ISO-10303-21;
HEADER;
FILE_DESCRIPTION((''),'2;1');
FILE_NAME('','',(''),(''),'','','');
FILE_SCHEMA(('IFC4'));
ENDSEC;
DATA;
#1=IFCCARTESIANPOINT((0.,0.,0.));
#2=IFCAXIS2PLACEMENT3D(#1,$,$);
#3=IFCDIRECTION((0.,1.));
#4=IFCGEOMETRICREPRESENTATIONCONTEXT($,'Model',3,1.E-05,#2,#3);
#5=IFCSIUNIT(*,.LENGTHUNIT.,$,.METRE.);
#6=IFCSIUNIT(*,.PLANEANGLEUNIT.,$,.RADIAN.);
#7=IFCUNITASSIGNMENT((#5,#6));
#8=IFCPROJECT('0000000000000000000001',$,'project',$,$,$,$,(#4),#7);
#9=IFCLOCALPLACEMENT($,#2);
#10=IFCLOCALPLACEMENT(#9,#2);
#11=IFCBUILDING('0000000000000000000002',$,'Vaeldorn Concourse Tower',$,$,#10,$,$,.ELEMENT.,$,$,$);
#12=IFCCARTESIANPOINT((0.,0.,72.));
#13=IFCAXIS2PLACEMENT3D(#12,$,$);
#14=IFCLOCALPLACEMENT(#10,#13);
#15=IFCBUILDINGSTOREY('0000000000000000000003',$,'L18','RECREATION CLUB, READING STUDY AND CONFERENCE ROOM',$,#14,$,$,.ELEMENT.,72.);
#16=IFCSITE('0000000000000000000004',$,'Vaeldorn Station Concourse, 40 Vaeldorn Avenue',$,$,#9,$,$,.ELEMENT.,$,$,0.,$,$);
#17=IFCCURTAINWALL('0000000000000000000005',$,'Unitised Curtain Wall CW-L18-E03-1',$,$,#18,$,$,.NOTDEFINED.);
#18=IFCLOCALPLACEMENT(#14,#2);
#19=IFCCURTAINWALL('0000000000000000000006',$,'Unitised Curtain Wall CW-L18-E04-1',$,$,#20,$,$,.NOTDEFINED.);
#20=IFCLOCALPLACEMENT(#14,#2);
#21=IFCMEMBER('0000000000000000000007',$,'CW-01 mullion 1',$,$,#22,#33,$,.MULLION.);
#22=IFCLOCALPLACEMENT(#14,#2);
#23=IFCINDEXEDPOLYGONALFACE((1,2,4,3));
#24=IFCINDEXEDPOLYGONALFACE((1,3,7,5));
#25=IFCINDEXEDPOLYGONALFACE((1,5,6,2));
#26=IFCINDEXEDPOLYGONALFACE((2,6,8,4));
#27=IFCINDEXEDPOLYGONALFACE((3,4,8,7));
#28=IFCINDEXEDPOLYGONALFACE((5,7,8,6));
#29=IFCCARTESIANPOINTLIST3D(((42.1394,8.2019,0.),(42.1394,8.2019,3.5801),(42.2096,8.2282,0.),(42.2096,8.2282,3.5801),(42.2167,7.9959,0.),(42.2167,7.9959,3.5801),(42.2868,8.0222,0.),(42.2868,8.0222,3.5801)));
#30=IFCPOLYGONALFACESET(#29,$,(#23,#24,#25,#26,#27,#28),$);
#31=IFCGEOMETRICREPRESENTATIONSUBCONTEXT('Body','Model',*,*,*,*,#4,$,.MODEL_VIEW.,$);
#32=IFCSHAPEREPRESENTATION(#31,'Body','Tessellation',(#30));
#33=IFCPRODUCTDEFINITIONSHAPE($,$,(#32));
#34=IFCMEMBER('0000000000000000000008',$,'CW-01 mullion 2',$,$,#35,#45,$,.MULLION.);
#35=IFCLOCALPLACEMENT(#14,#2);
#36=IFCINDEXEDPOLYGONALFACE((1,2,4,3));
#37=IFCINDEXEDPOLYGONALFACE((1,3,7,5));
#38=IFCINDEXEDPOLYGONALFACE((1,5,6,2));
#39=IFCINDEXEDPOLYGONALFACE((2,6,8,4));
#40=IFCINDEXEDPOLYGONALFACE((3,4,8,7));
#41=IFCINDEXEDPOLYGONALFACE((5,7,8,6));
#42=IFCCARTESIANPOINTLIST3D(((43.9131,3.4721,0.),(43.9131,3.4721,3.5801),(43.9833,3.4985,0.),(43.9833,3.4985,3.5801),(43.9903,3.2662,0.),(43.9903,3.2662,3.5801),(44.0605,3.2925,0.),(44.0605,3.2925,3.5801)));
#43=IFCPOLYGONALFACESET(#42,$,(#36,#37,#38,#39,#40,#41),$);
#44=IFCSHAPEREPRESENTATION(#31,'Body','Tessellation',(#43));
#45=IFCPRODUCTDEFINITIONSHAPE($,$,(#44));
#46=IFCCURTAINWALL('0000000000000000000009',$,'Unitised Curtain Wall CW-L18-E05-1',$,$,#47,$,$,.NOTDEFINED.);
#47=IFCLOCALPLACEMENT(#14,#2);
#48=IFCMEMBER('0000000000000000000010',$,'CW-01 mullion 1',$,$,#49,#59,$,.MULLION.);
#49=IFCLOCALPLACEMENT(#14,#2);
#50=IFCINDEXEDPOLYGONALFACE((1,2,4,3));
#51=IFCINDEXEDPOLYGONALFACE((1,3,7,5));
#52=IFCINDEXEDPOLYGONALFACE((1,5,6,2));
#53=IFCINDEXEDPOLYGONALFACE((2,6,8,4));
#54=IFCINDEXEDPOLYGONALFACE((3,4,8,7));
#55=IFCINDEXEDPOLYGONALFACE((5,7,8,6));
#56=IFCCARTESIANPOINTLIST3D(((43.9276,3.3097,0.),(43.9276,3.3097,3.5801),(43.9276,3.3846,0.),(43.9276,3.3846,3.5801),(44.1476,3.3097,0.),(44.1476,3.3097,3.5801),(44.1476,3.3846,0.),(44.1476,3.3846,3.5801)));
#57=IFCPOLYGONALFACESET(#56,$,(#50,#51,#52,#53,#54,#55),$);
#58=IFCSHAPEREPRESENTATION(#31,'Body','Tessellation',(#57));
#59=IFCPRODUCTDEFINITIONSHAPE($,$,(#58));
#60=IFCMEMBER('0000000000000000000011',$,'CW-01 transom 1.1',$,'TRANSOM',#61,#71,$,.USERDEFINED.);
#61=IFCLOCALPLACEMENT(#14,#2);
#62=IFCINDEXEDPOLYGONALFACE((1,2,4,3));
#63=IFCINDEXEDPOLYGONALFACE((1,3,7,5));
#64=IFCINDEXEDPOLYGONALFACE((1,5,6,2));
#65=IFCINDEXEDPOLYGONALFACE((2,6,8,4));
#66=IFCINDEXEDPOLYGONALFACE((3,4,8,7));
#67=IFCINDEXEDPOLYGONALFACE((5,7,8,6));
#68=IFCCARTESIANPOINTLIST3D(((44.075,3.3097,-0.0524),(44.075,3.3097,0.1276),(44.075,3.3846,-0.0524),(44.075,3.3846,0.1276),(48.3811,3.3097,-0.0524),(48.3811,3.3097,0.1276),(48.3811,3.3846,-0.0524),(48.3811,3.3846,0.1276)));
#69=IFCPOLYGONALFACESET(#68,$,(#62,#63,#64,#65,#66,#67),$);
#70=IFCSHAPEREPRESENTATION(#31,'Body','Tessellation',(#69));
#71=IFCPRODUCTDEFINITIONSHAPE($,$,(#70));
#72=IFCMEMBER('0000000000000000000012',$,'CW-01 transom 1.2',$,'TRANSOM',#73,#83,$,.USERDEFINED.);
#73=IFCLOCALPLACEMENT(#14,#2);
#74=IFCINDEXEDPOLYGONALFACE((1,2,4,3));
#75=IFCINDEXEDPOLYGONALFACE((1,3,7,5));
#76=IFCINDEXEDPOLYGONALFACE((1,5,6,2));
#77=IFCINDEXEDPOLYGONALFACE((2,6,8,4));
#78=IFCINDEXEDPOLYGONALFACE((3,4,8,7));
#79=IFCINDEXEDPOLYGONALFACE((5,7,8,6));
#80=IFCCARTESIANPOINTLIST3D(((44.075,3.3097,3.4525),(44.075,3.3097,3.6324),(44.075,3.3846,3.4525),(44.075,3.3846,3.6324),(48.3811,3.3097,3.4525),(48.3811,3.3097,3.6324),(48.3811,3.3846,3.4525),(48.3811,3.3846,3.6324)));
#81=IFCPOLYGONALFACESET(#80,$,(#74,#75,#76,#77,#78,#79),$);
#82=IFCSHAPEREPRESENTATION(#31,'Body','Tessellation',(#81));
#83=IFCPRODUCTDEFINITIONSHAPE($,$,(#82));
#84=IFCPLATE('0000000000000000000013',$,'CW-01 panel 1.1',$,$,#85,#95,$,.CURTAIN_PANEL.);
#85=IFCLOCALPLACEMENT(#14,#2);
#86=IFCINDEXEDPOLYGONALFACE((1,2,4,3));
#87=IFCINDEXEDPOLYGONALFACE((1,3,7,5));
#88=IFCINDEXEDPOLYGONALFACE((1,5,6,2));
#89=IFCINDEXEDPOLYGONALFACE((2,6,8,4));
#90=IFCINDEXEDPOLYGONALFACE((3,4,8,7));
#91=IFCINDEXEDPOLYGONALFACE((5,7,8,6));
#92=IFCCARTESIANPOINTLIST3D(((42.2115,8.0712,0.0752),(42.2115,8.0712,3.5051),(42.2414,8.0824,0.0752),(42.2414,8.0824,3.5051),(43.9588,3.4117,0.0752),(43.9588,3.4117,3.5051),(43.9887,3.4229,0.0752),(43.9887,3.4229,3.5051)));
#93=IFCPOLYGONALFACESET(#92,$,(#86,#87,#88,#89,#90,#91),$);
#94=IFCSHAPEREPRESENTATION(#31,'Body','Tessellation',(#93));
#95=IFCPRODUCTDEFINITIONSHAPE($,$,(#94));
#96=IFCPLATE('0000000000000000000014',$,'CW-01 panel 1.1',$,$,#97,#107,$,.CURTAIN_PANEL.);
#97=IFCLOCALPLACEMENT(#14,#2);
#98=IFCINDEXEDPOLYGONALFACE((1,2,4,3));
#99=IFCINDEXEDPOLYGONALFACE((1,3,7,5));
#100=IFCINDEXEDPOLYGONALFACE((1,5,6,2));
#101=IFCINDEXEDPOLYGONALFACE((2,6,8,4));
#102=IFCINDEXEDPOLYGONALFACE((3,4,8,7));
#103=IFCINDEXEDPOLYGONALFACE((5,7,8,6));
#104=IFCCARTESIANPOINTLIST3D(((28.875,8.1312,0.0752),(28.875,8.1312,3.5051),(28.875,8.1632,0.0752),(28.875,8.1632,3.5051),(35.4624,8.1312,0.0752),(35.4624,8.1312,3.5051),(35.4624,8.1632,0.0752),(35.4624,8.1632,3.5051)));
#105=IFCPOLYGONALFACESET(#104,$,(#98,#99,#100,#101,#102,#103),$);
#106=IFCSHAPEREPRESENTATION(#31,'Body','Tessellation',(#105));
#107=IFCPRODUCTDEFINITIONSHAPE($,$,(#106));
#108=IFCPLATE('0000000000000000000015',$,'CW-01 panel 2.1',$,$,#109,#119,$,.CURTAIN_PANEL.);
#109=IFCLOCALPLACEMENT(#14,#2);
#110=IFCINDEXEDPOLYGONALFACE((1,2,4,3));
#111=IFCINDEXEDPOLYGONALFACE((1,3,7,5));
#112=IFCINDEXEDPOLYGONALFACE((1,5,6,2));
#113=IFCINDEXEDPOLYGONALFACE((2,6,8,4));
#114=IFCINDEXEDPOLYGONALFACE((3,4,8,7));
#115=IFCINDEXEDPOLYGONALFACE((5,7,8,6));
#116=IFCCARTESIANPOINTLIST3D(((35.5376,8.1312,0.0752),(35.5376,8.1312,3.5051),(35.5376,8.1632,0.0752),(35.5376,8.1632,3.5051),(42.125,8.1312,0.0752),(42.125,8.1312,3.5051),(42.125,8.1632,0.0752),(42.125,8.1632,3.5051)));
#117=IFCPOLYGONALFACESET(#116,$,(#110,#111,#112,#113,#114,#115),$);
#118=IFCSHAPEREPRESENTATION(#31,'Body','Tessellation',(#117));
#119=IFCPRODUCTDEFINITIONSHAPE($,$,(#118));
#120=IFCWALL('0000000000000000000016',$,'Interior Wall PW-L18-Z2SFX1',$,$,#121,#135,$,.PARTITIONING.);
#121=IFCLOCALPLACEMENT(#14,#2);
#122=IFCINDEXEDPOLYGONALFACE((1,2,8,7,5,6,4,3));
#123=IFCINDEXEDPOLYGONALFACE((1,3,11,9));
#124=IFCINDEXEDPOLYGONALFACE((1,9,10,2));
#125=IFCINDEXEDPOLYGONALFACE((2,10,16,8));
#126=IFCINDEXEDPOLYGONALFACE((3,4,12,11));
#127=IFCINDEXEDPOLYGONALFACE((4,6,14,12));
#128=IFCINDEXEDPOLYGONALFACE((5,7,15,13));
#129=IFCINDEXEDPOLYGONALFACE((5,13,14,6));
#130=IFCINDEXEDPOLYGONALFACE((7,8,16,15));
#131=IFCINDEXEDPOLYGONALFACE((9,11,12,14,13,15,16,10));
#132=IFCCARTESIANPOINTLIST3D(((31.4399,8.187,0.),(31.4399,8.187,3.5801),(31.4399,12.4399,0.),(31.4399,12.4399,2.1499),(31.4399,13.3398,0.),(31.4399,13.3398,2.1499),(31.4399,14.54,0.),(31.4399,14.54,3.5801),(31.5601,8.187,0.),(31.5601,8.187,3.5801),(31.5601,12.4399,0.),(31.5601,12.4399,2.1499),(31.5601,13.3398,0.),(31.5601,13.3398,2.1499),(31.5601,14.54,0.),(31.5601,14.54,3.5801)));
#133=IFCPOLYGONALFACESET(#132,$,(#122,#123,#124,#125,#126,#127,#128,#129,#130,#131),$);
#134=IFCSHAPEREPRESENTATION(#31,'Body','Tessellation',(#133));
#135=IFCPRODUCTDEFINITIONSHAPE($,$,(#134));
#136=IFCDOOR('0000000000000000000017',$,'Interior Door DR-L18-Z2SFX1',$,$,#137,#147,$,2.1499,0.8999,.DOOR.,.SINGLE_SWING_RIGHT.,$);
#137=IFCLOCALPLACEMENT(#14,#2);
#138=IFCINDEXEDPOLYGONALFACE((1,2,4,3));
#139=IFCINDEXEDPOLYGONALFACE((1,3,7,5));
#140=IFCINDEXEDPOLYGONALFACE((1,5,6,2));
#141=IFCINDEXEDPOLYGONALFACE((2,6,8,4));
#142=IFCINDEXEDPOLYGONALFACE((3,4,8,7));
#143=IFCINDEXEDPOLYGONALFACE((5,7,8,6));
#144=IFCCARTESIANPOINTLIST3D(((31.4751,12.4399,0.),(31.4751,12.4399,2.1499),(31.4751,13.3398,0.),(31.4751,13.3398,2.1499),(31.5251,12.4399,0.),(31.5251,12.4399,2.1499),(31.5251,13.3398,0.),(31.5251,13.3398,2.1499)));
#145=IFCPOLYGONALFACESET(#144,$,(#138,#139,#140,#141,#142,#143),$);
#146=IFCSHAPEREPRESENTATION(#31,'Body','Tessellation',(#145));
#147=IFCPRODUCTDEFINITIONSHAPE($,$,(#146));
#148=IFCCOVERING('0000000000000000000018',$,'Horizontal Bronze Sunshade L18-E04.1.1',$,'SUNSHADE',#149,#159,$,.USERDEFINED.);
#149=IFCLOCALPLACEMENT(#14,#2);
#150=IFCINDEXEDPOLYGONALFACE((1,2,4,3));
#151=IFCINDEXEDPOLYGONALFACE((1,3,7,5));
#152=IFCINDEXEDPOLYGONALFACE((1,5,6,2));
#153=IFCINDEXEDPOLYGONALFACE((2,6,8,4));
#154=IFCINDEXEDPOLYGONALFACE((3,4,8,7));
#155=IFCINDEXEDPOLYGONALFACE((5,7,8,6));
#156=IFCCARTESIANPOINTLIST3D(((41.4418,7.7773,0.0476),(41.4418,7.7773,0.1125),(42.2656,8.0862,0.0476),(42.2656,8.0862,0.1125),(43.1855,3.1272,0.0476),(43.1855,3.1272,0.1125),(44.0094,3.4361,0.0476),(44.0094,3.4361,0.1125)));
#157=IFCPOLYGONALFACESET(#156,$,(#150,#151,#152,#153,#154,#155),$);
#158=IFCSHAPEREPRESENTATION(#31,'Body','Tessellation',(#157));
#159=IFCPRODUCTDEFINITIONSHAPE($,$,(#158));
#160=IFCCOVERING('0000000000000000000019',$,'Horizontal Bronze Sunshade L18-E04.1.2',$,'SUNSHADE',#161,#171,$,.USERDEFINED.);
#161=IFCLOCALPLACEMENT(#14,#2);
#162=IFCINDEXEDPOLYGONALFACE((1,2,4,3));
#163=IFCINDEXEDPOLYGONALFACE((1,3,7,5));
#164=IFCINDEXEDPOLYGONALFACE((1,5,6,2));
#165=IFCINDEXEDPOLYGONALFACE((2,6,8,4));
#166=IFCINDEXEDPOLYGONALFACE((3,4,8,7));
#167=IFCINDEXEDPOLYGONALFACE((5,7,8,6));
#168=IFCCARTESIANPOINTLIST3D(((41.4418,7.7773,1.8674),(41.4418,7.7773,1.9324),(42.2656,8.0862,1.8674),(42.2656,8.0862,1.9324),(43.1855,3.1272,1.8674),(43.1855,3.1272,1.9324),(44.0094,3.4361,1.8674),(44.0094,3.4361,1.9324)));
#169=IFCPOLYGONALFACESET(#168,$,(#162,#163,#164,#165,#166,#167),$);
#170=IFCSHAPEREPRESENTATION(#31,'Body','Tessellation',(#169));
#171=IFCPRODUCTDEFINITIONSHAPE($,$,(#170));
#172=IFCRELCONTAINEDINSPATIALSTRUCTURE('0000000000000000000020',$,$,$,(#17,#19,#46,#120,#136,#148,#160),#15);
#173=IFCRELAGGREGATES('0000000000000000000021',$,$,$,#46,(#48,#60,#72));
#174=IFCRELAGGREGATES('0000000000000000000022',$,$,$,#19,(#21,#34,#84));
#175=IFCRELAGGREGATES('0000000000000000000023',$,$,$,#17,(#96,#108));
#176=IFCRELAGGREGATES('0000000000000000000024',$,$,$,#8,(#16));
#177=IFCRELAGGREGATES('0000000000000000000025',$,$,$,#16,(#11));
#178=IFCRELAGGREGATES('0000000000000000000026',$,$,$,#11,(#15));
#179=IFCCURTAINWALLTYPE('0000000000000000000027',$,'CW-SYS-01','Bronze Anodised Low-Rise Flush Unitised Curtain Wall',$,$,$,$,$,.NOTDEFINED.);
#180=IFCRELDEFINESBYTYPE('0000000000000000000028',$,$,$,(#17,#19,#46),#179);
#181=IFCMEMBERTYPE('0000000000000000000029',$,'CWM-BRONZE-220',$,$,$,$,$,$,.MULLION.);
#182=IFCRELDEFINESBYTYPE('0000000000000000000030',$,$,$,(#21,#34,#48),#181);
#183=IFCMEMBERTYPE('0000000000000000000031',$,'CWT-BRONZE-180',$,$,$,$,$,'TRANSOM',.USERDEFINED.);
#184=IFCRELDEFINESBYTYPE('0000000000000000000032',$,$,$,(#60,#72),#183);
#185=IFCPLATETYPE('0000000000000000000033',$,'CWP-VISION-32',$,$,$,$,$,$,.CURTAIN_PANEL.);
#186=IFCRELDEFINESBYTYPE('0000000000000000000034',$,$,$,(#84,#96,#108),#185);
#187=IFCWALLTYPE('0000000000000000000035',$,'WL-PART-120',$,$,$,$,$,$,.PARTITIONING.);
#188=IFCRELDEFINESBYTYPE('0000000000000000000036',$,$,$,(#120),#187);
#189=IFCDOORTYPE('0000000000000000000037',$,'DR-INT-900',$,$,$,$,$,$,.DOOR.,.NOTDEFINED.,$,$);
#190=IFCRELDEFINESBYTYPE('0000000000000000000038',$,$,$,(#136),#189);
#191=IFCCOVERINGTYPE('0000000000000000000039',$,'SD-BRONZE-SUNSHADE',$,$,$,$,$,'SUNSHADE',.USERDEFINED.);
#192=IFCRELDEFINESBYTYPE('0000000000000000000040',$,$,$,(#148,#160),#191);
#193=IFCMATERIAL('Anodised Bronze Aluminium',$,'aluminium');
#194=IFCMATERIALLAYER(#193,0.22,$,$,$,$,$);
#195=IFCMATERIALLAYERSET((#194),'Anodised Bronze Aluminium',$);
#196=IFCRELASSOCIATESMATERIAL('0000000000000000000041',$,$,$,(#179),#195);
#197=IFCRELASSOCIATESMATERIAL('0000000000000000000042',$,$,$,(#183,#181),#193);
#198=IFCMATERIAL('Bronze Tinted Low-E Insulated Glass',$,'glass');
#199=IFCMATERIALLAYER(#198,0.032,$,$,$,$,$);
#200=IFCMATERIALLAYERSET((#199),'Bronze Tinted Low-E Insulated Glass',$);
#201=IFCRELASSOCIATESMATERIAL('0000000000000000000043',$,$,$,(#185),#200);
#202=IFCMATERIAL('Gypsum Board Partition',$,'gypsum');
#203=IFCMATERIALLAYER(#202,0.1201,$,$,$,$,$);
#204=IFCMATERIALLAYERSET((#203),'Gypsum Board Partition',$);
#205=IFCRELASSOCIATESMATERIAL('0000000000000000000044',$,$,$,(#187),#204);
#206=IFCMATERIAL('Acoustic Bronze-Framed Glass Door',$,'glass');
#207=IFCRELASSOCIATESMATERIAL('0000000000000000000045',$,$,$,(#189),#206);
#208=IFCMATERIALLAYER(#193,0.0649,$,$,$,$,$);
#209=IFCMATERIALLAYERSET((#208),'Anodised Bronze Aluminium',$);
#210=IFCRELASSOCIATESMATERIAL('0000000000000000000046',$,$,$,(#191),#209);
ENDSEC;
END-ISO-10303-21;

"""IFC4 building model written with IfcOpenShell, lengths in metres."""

from ifc_helpers import new_model, si_unit, direction, frame, frame_2d, origin, origin_2d, place, context, subcontext, project, spatial, rectangle, extrude, source, transform, mapped, material, layer, layer_set, material_profile, profile_set, type_object, element, fill, aggregate, save


model = new_model("IFC4")

# Units and contexts
model_context = context("Model", 3, precision=1e-05, world=origin(), true_north=direction((0.0, 1.0)))
body_context = subcontext(model_context, "Body", "Model", "MODEL_VIEW")
ifc_project = project(units=[si_unit("LENGTHUNIT", "METRE"), si_unit("PLANEANGLEUNIT", "RADIAN")], contexts=[model_context])

# Site, building, storey
site_placement = place(None, origin())
site = spatial("IfcSite", under=ifc_project, at=site_placement, Name="Vaeldorn Station Concourse, 40 Vaeldorn Avenue", CompositionType="ELEMENT", RefElevation=0.0)
building_placement = place(site_placement, origin())
building = spatial("IfcBuilding", under=site, at=building_placement, Name="Vaeldorn Concourse Tower", CompositionType="ELEMENT")
storey_placement = place(building_placement, frame((0.0, 0.0, 72.0)))
storey = spatial("IfcBuildingStorey", under=building, at=storey_placement, Name="L18", Description="RECREATION CLUB, READING STUDY AND CONFERENCE ROOM", CompositionType="ELEMENT", Elevation=72.0)

# Curtain walls
ifc_material_1 = material(Name="Anodised Bronze Aluminium", Category="aluminium")
ifc_layer_1 = layer(ifc_material_1, 0.22)
ifc_layer_set_1 = layer_set([ifc_layer_1], Name="Anodised Bronze Aluminium")
curtain_wall_type = type_object("IfcCurtainWallType", Name="CW-SYS-01", Description="Bronze Anodised Low-Rise Flush Unitised Curtain Wall", PredefinedType="NOTDEFINED", material=ifc_layer_set_1)
curtain_wall_1_placement = place(storey_placement, origin())
curtain_wall_1 = element("IfcCurtainWall", 1, at=curtain_wall_1_placement, inside=storey, type_object=curtain_wall_type, Name="Unitised Curtain Wall CW-L18-E03-1", PredefinedType="NOTDEFINED")
ifc_material_profile_1 = material_profile(ifc_material_1, rectangle(XDim=0.075, YDim=0.1799, at=origin_2d()), Name="CWT 75x180")
ifc_profile_set_1 = profile_set([ifc_material_profile_1], Name="Anodised Bronze Aluminium")
member_type_1 = type_object("IfcMemberType", Name="CWT-BRONZE-180", ElementType="TRANSOM", PredefinedType="USERDEFINED", material=ifc_profile_set_1)
curtain_wall_2_placement = place(storey_placement, origin())
curtain_wall_2 = element("IfcCurtainWall", 2, at=curtain_wall_2_placement, inside=storey, type_object=curtain_wall_type, Name="Unitised Curtain Wall CW-L18-E04-1", PredefinedType="NOTDEFINED")

# Members
ifc_material_profile_2 = material_profile(ifc_material_1, rectangle(XDim=0.075, YDim=0.22, at=origin_2d()), Name="CWM 75x220")
ifc_profile_set_2 = profile_set([ifc_material_profile_2], Name="Anodised Bronze Aluminium")
member_type_2 = type_object("IfcMemberType", Name="CWM-BRONZE-220", PredefinedType="MULLION", material=ifc_profile_set_2)
shared_shape_1 = source(origin(), body_context, "Body", "SweptSolid", [
    extrude(rectangle(XDim=0.075, YDim=0.22, at=origin_2d()), origin(), (0.0, 0.0, 1.0), 3.5801),
])
member_1_placement = place(storey_placement, frame((42.2131, 8.1121, 0.0), z_axis=(0.0, 0.0, 1.0), x_axis=(0.936329, 0.351123, 0.0)))
member_1 = element("IfcMember", 3, at=member_1_placement, type_object=member_type_2, Name="CW-01 mullion 1", PredefinedType="MULLION", context=body_context, shape_type="MappedRepresentation", body=[
    mapped(shared_shape_1, transform((0.0, 0.0, 0.0), scale=1.0)),
])
member_2_placement = place(storey_placement, frame((43.9868, 3.3823, 0.0), z_axis=(0.0, 0.0, 1.0), x_axis=(0.936329, 0.351123, 0.0)))
member_2 = element("IfcMember", 4, at=member_2_placement, type_object=member_type_2, Name="CW-01 mullion 2", PredefinedType="MULLION", context=body_context, shape_type="MappedRepresentation", body=[
    mapped(shared_shape_1, transform((0.0, 0.0, 0.0), scale=1.0)),
])

# Curtain wall, members
curtain_wall_3_placement = place(storey_placement, origin())
curtain_wall_3 = element("IfcCurtainWall", 5, at=curtain_wall_3_placement, inside=storey, type_object=curtain_wall_type, Name="Unitised Curtain Wall CW-L18-E05-1", PredefinedType="NOTDEFINED")
member_3_placement = place(storey_placement, frame((44.0376, 3.3472, 0.0), z_axis=(0.0, 0.0, 1.0), x_axis=(0.0, 1.0, 0.0)))
member_3 = element("IfcMember", 6, at=member_3_placement, type_object=member_type_2, Name="CW-01 mullion 1", PredefinedType="MULLION", context=body_context, shape_type="MappedRepresentation", body=[
    mapped(shared_shape_1, transform((0.0, 0.0, 0.0), scale=1.0)),
])
shared_shape_2 = source(origin(), body_context, "Body", "SweptSolid", [
    extrude(rectangle(XDim=0.075, YDim=0.1799, at=origin_2d()), origin(), (0.0, 0.0, 1.0), 4.3062),
])
member_4_placement = place(storey_placement, frame((44.075, 3.3472, 0.0376), z_axis=(1.0, 0.0, 0.0), x_axis=(0.0, 1.0, 0.0)))
member_4 = element("IfcMember", 7, at=member_4_placement, type_object=member_type_1, Name="CW-01 transom 1.1", ObjectType="TRANSOM", PredefinedType="USERDEFINED", context=body_context, shape_type="MappedRepresentation", body=[
    mapped(shared_shape_2, transform((0.0, 0.0, 0.0), scale=1.0)),
])
member_5_placement = place(storey_placement, frame((44.075, 3.3472, 3.5425), z_axis=(1.0, 0.0, 0.0), x_axis=(0.0, 1.0, 0.0)))
member_5 = element("IfcMember", 8, at=member_5_placement, type_object=member_type_1, Name="CW-01 transom 1.2", ObjectType="TRANSOM", PredefinedType="USERDEFINED", context=body_context, shape_type="MappedRepresentation", body=[
    mapped(shared_shape_2, transform((0.0, 0.0, 0.0), scale=1.0)),
])
aggregate(curtain_wall_3, [member_3, member_4, member_5])

# Plates
ifc_material_2 = material(Name="Bronze Tinted Low-E Insulated Glass", Category="glass")
ifc_layer_2 = layer(ifc_material_2, 0.032)
ifc_layer_set_2 = layer_set([ifc_layer_2], Name="Bronze Tinted Low-E Insulated Glass")
plate_type = type_object("IfcPlateType", Name="CWP-VISION-32", PredefinedType="CURTAIN_PANEL", material=ifc_layer_set_2)
shared_shape_3 = source(origin(), body_context, "Body", "SweptSolid", [
    extrude(rectangle(XDim=4.9763, YDim=0.032, at=origin_2d()), origin(), (0.0, 0.0, 1.0), 3.4299),
])
plate_1_placement = place(storey_placement, frame((43.1001, 5.7471, 0.0752), z_axis=(0.0, 0.0, 1.0), x_axis=(0.351123, -0.936329, 0.0)))
plate_1 = element("IfcPlate", 9, at=plate_1_placement, type_object=plate_type, Name="CW-01 panel 1.1", PredefinedType="CURTAIN_PANEL", context=body_context, shape_type="MappedRepresentation", body=[
    mapped(shared_shape_3, transform((0.0, 0.0, 0.0), scale=1.0)),
])
aggregate(curtain_wall_2, [member_1, member_2, plate_1])
shared_shape_4 = source(origin(), body_context, "Body", "SweptSolid", [
    extrude(rectangle(XDim=6.5874, YDim=0.032, at=origin_2d()), origin(), (0.0, 0.0, 1.0), 3.4299),
])
plate_2_placement = place(storey_placement, frame((32.1687, 8.1472, 0.0752), z_axis=(0.0, 0.0, 1.0), x_axis=(1.0, 0.0, 0.0)))
plate_2 = element("IfcPlate", 10, at=plate_2_placement, type_object=plate_type, Name="CW-01 panel 1.1", PredefinedType="CURTAIN_PANEL", context=body_context, shape_type="MappedRepresentation", body=[
    mapped(shared_shape_4, transform((0.0, 0.0, 0.0), scale=1.0)),
])
plate_3_placement = place(storey_placement, frame((38.8313, 8.1472, 0.0752), z_axis=(0.0, 0.0, 1.0), x_axis=(1.0, 0.0, 0.0)))
plate_3 = element("IfcPlate", 11, at=plate_3_placement, type_object=plate_type, Name="CW-01 panel 2.1", PredefinedType="CURTAIN_PANEL", context=body_context, shape_type="MappedRepresentation", body=[
    mapped(shared_shape_4, transform((0.0, 0.0, 0.0), scale=1.0)),
])
aggregate(curtain_wall_1, [plate_2, plate_3])

# Wall, opening, door
ifc_material_3 = material(Name="Gypsum Board Partition", Category="gypsum")
ifc_layer_3 = layer(ifc_material_3, 0.1201)
ifc_layer_set_3 = layer_set([ifc_layer_3], Name="Gypsum Board Partition")
wall_type = type_object("IfcWallType", Name="WL-PART-120", PredefinedType="PARTITIONING", material=ifc_layer_set_3)
wall_placement = place(storey_placement, frame((31.5, 8.187, 0.0), z_axis=(0.0, 0.0, 1.0), x_axis=(0.0, 1.0, 0.0)))
wall = element("IfcWall", 12, at=wall_placement, inside=storey, type_object=wall_type, Name="Interior Wall PW-L18-Z2SFX1", PredefinedType="PARTITIONING", context=body_context, shape_type="SweptSolid", body=[
    extrude(rectangle(XDim=6.353, YDim=0.1201, at=frame_2d((3.1765, 0.0))), origin(), (0.0, 0.0, 1.0), 3.5801),
])
opening_placement = place(wall_placement, frame((4.2529, 0.0, 0.0)))
opening = element("IfcOpeningElement", 13, at=opening_placement, cuts=wall, PredefinedType="OPENING", context=body_context, shape_type="SweptSolid", body=[
    extrude(rectangle(XDim=0.8999, YDim=2.1499, at=frame_2d((0.45, 1.075))), frame((0.0, 0.0701, 0.0), z_axis=(0.0, -1.0, 0.0), x_axis=(1.0, 0.0, 0.0)), (0.0, 0.0, 1.0), 0.1401),
])
ifc_material_4 = material(Name="Acoustic Bronze-Framed Glass Door", Category="glass")
door_type = type_object("IfcDoorType", Name="DR-INT-900", OperationType="NOTDEFINED", PredefinedType="DOOR", material=ifc_material_4)
shared_shape_5 = source(origin(), body_context, "Body", "SweptSolid", [
    extrude(rectangle(XDim=0.8999, YDim=2.1499, at=frame_2d((0.45, 1.075))), frame((0.0, 0.0249, 0.0), z_axis=(0.0, -1.0, 0.0), x_axis=(1.0, 0.0, 0.0)), (0.0, 0.0, 1.0), 0.05),
])
door_placement = place(opening_placement, origin())
door = element("IfcDoor", 14, at=door_placement, inside=storey, type_object=door_type, Name="Interior Door DR-L18-Z2SFX1", OperationType="SINGLE_SWING_RIGHT", OverallHeight=2.1499, OverallWidth=0.8999, PredefinedType="DOOR", context=body_context, shape_type="MappedRepresentation", body=[
    mapped(shared_shape_5, transform((0.0, 0.0, 0.0), scale=1.0)),
])
fill(opening, door)

# Coverings
ifc_layer_4 = layer(ifc_material_1, 0.0649)
ifc_layer_set_4 = layer_set([ifc_layer_4], Name="Anodised Bronze Aluminium")
covering_type = type_object("IfcCoveringType", Name="SD-BRONZE-SUNSHADE", ElementType="SUNSHADE", PredefinedType="USERDEFINED", material=ifc_layer_set_4)
shared_shape_6 = source(origin(), body_context, "Body", "SweptSolid", [
    extrude(rectangle(XDim=4.9663, YDim=0.8799, at=origin_2d()), origin(), (0.0, 0.0, 1.0), 0.0649),
])
for number, where, z_axis, x_axis, name in (
    (15, (42.7256, 5.6067, 0.0476), (0.0, 0.0, 1.0), (0.351123, -0.936329, 0.0), "Horizontal Bronze Sunshade L18-E04.1.1"),
    (16, (42.7256, 5.6067, 1.8674), (0.0, 0.0, 1.0), (0.351123, -0.936329, 0.0), "Horizontal Bronze Sunshade L18-E04.1.2"),
):
    element("IfcCovering", number, at=place(storey_placement, frame(where, z_axis=z_axis, x_axis=x_axis)), inside=storey, type_object=covering_type, Name=name, ObjectType="SUNSHADE", PredefinedType="USERDEFINED", context=body_context, shape_type="MappedRepresentation", body=[
        mapped(shared_shape_6, transform((0.0, 0.0, 0.0), scale=1.0)),
    ])

save(model, "model.ifc")
